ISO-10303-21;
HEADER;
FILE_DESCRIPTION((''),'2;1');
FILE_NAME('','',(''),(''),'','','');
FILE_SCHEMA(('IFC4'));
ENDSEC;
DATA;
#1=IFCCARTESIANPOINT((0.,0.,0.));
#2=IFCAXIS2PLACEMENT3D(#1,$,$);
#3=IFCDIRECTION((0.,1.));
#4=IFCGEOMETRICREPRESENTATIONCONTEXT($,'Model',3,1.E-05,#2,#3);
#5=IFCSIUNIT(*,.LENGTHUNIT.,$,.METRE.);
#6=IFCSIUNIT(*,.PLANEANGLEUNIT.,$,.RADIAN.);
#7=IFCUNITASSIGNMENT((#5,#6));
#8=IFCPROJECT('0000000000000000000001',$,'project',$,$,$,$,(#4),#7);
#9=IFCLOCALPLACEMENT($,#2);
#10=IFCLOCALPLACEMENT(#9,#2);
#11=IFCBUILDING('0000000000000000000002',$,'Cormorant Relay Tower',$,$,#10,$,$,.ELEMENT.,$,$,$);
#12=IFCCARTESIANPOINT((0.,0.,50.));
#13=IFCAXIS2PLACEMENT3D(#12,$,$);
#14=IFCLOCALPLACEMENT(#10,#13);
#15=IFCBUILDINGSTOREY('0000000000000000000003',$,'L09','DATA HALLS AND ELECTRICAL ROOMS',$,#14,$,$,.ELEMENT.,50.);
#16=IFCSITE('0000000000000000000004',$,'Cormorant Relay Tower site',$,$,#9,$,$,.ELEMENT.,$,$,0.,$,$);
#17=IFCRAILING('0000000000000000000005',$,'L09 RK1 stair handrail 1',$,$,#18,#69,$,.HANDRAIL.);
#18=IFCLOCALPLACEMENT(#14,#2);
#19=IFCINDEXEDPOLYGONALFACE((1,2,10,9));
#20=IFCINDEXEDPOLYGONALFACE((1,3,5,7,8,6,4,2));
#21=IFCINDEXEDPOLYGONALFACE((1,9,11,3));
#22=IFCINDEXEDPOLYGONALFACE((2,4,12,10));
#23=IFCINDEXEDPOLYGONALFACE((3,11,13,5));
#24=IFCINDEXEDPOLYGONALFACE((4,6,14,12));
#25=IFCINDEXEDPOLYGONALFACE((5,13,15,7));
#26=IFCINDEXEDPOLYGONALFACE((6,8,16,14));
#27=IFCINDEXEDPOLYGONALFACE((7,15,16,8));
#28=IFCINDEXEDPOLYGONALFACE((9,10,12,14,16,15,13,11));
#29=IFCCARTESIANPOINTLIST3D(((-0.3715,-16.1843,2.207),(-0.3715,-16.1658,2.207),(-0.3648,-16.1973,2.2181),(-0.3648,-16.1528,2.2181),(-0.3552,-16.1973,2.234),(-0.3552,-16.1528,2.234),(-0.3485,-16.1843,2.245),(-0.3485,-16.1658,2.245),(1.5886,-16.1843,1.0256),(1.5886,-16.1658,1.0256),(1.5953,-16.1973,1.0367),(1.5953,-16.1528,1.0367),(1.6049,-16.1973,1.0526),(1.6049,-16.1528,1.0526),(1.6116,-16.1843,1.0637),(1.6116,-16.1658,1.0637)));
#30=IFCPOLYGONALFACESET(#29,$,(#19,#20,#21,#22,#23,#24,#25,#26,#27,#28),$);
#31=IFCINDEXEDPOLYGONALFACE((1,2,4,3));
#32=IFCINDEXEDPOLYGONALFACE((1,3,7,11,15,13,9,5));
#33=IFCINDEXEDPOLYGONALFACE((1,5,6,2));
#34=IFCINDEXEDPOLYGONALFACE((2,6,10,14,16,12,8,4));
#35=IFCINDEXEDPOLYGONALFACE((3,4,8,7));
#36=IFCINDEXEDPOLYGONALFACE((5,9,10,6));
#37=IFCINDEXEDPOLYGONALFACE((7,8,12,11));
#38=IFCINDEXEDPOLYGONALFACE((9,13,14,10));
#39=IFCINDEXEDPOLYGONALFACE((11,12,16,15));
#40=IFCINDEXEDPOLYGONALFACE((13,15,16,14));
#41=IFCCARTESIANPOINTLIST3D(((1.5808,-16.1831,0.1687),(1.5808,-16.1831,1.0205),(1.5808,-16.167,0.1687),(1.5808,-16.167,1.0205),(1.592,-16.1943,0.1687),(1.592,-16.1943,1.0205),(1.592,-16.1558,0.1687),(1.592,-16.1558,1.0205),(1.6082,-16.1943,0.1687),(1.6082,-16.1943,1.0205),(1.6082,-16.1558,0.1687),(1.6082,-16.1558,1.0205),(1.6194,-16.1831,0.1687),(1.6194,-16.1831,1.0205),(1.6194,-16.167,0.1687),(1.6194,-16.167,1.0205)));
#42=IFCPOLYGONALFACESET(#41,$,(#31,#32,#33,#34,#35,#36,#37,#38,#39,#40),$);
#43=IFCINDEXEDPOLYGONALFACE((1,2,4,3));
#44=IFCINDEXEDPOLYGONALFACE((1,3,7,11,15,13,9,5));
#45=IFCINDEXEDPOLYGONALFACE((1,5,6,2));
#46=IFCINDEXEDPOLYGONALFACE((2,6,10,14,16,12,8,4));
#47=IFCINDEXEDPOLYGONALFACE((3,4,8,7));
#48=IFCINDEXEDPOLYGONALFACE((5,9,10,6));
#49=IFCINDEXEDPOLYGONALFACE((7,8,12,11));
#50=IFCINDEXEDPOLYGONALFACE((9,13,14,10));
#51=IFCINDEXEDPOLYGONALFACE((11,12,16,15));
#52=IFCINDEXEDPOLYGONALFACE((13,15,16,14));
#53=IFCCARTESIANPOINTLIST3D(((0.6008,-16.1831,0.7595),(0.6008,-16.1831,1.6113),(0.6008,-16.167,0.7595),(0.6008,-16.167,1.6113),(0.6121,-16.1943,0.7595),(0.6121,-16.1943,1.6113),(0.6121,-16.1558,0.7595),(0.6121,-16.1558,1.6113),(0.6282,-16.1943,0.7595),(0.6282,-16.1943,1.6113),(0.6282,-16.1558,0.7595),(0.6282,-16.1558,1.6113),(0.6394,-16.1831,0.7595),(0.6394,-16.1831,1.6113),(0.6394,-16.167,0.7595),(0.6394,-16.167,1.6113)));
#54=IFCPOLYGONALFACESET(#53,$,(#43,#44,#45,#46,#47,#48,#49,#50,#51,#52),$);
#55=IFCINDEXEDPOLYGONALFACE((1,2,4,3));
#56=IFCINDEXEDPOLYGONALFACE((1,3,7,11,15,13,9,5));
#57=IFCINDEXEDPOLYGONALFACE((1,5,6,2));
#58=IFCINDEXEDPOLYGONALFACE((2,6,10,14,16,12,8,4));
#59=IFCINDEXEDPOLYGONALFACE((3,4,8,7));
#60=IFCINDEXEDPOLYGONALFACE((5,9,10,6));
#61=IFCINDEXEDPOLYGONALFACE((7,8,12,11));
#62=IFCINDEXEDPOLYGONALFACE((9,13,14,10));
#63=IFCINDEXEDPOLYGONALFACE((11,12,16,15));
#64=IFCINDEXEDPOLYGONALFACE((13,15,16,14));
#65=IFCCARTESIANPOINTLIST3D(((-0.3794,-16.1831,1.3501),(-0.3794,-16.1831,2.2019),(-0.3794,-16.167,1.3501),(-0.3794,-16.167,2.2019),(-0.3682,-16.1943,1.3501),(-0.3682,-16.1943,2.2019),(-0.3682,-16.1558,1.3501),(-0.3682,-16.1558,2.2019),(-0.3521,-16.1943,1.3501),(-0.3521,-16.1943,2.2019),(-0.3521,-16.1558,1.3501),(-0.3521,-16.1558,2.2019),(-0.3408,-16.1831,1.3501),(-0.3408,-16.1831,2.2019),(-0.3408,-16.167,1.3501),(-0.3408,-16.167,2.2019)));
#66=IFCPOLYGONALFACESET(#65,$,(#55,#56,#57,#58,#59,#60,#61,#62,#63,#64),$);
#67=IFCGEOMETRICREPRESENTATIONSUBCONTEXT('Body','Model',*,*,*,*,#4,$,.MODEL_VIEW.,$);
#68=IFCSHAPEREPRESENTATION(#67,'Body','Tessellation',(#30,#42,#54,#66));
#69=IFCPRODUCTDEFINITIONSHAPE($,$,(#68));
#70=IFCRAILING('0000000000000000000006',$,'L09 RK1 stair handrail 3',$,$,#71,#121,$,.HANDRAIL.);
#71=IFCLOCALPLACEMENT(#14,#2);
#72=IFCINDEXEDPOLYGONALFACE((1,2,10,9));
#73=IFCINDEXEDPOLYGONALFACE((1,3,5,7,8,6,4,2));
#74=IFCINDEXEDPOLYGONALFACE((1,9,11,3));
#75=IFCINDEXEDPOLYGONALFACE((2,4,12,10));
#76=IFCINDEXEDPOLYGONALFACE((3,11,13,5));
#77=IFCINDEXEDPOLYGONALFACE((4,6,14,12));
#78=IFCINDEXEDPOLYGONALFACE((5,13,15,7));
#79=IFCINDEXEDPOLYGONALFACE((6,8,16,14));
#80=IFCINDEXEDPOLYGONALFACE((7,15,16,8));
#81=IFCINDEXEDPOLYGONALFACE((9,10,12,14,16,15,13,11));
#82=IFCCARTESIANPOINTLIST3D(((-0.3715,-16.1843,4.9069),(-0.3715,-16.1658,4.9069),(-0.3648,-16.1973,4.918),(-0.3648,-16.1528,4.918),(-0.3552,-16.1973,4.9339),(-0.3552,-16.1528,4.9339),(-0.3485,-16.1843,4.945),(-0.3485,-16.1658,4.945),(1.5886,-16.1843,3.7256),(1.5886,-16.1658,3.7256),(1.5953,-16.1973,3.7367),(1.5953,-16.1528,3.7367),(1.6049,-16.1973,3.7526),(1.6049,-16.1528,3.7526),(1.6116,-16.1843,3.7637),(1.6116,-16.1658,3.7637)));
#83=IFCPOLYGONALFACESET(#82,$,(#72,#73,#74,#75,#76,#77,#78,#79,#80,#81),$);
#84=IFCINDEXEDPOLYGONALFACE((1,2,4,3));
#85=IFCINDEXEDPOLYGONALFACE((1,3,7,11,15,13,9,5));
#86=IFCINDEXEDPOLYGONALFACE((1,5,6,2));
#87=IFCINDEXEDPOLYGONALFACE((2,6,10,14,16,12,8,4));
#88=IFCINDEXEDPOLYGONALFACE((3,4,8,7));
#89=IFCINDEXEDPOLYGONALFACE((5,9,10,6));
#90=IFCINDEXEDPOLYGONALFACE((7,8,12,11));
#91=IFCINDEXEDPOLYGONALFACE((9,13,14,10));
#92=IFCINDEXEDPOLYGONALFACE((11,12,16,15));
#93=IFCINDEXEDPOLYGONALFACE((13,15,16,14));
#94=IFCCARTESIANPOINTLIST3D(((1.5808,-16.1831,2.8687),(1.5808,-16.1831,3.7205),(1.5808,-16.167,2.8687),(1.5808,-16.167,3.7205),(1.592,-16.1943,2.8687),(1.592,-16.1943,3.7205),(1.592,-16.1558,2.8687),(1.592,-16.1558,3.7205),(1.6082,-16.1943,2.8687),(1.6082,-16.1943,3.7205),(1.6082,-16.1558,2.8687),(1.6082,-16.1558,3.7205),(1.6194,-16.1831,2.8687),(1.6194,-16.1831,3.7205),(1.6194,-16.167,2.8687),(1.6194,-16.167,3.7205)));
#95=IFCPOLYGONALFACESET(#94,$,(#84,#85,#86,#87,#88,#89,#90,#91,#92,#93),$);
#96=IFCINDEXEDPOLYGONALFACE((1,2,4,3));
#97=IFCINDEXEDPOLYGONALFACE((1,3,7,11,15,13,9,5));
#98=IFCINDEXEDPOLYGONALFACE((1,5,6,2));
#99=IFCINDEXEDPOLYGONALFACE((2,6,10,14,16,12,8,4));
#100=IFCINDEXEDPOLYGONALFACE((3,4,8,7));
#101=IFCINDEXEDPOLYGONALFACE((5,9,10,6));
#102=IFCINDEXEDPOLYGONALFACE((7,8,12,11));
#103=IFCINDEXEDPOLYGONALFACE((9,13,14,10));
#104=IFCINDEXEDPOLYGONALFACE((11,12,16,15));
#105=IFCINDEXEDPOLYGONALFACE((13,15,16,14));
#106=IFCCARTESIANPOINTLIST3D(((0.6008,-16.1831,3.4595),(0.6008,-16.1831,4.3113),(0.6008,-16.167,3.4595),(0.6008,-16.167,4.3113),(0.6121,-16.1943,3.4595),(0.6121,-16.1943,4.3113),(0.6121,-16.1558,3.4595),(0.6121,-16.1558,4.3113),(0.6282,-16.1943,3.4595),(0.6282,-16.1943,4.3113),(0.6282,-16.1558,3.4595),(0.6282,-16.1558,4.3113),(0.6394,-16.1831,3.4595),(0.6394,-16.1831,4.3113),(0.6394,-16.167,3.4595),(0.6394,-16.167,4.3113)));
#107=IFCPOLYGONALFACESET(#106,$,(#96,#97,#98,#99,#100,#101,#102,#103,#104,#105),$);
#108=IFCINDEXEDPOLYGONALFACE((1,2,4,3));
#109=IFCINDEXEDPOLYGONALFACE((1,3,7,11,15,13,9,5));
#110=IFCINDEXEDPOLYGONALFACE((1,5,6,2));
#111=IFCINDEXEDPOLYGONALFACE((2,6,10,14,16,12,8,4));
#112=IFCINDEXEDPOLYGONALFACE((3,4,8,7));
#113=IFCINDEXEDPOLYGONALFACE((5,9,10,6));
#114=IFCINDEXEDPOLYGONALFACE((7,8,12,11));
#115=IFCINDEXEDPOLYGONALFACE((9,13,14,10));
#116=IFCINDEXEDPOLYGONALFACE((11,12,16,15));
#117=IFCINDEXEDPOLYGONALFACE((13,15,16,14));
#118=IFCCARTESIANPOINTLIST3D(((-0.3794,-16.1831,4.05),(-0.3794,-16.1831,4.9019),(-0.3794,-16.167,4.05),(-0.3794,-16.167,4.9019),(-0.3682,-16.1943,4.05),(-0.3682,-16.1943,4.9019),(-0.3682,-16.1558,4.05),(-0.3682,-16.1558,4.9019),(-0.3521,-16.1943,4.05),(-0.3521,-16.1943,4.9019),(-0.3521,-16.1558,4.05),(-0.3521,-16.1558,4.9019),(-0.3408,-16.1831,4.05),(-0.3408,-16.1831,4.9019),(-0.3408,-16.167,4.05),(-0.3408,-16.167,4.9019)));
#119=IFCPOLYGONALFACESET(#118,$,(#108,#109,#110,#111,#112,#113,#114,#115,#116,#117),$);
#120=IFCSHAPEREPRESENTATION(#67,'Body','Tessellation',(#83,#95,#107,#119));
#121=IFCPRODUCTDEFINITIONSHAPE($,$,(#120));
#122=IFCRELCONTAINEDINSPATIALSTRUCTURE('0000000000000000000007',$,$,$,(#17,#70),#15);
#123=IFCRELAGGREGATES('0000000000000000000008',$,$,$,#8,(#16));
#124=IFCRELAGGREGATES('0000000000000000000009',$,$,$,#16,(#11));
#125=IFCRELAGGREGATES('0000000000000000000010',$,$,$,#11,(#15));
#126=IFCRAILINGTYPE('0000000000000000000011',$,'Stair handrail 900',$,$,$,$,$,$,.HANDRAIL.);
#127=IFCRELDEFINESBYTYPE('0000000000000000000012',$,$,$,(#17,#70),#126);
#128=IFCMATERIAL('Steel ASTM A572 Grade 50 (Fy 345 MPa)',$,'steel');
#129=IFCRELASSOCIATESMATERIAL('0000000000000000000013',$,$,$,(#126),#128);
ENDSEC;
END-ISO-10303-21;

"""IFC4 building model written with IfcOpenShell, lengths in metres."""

from ifc_helpers import new_model, si_unit, direction, frame, origin, place, context, subcontext, project, spatial, polyline, outline, extrude, material, type_object, element, save


model = new_model("IFC4")

# Units and contexts
model_context = context("Model", 3, precision=1e-05, world=origin(), true_north=direction((0.0, 1.0)))
body_context = subcontext(model_context, "Body", "Model", "MODEL_VIEW")
ifc_project = project(units=[si_unit("LENGTHUNIT", "METRE"), si_unit("PLANEANGLEUNIT", "RADIAN")], contexts=[model_context])

# Site, building, storey
site_placement = place(None, origin())
site = spatial("IfcSite", under=ifc_project, at=site_placement, Name="Cormorant Relay Tower site", CompositionType="ELEMENT", RefElevation=0.0)
building_placement = place(site_placement, origin())
building = spatial("IfcBuilding", under=site, at=building_placement, Name="Cormorant Relay Tower", CompositionType="ELEMENT")
storey_placement = place(building_placement, frame((0.0, 0.0, 50.0)))
storey = spatial("IfcBuildingStorey", under=building, at=storey_placement, Name="L09", Description="DATA HALLS AND ELECTRICAL ROOMS", CompositionType="ELEMENT", Elevation=50.0)

# Railings
ifc_material_1 = material(Name="Steel ASTM A572 Grade 50 (Fy 345 MPa)", Category="steel")
railing_type_1 = type_object("IfcRailingType", Name="Stair handrail 900", PredefinedType="HANDRAIL", material=ifc_material_1)
for number, where, name in (
    (1, (1.6001, -16.175, 0.1687), "L09 RK1 stair handrail 1"),
    (2, (1.6001, -16.175, 2.8687), "L09 RK1 stair handrail 3"),
):
    element("IfcRailing", number, at=place(storey_placement, frame(where)), inside=storey, type_object=railing_type_1, Name=name, PredefinedType="HANDRAIL", context=body_context, shape_type="SweptSolid", body=[
        extrude(outline(polyline([(0.0222, 0.0093), (0.0093, 0.0222), (-0.0093, 0.0222), (-0.0222, 0.0093), (-0.0222, -0.0093), (-0.0093, -0.0222), (0.0093, -0.0222), (0.0222, -0.0093), (0.0222, 0.0093)])), frame((0.0, 0.0, 0.876), z_axis=(-0.856475, 0.0, 0.516189), x_axis=(0.0, -1.0, 0.0)), (0.0, 0.0, 1.0), 2.2886),
        extrude(outline(polyline([(0.0193, 0.0081), (0.0081, 0.0193), (-0.0081, 0.0193), (-0.0193, 0.0081), (-0.0193, -0.0081), (-0.0081, -0.0193), (0.0081, -0.0193), (0.0193, -0.0081), (0.0193, 0.0081)])), origin(), (0.0, 0.0, 1.0), 0.8518),
        extrude(outline(polyline([(0.0193, 0.0081), (0.0081, 0.0193), (-0.0081, 0.0193), (-0.0193, 0.0081), (-0.0193, -0.0081), (-0.0081, -0.0193), (0.0081, -0.0193), (0.0193, -0.0081), (0.0193, 0.0081)])), frame((-0.98, 0.0, 0.5908)), (0.0, 0.0, 1.0), 0.8518),
        extrude(outline(polyline([(0.0193, 0.0081), (0.0081, 0.0193), (-0.0081, 0.0193), (-0.0193, 0.0081), (-0.0193, -0.0081), (-0.0081, -0.0193), (0.0081, -0.0193), (0.0193, -0.0081), (0.0193, 0.0081)])), frame((-1.9602, 0.0, 1.1814)), (0.0, 0.0, 1.0), 0.8518),
    ])

save(model, "model.ifc")
